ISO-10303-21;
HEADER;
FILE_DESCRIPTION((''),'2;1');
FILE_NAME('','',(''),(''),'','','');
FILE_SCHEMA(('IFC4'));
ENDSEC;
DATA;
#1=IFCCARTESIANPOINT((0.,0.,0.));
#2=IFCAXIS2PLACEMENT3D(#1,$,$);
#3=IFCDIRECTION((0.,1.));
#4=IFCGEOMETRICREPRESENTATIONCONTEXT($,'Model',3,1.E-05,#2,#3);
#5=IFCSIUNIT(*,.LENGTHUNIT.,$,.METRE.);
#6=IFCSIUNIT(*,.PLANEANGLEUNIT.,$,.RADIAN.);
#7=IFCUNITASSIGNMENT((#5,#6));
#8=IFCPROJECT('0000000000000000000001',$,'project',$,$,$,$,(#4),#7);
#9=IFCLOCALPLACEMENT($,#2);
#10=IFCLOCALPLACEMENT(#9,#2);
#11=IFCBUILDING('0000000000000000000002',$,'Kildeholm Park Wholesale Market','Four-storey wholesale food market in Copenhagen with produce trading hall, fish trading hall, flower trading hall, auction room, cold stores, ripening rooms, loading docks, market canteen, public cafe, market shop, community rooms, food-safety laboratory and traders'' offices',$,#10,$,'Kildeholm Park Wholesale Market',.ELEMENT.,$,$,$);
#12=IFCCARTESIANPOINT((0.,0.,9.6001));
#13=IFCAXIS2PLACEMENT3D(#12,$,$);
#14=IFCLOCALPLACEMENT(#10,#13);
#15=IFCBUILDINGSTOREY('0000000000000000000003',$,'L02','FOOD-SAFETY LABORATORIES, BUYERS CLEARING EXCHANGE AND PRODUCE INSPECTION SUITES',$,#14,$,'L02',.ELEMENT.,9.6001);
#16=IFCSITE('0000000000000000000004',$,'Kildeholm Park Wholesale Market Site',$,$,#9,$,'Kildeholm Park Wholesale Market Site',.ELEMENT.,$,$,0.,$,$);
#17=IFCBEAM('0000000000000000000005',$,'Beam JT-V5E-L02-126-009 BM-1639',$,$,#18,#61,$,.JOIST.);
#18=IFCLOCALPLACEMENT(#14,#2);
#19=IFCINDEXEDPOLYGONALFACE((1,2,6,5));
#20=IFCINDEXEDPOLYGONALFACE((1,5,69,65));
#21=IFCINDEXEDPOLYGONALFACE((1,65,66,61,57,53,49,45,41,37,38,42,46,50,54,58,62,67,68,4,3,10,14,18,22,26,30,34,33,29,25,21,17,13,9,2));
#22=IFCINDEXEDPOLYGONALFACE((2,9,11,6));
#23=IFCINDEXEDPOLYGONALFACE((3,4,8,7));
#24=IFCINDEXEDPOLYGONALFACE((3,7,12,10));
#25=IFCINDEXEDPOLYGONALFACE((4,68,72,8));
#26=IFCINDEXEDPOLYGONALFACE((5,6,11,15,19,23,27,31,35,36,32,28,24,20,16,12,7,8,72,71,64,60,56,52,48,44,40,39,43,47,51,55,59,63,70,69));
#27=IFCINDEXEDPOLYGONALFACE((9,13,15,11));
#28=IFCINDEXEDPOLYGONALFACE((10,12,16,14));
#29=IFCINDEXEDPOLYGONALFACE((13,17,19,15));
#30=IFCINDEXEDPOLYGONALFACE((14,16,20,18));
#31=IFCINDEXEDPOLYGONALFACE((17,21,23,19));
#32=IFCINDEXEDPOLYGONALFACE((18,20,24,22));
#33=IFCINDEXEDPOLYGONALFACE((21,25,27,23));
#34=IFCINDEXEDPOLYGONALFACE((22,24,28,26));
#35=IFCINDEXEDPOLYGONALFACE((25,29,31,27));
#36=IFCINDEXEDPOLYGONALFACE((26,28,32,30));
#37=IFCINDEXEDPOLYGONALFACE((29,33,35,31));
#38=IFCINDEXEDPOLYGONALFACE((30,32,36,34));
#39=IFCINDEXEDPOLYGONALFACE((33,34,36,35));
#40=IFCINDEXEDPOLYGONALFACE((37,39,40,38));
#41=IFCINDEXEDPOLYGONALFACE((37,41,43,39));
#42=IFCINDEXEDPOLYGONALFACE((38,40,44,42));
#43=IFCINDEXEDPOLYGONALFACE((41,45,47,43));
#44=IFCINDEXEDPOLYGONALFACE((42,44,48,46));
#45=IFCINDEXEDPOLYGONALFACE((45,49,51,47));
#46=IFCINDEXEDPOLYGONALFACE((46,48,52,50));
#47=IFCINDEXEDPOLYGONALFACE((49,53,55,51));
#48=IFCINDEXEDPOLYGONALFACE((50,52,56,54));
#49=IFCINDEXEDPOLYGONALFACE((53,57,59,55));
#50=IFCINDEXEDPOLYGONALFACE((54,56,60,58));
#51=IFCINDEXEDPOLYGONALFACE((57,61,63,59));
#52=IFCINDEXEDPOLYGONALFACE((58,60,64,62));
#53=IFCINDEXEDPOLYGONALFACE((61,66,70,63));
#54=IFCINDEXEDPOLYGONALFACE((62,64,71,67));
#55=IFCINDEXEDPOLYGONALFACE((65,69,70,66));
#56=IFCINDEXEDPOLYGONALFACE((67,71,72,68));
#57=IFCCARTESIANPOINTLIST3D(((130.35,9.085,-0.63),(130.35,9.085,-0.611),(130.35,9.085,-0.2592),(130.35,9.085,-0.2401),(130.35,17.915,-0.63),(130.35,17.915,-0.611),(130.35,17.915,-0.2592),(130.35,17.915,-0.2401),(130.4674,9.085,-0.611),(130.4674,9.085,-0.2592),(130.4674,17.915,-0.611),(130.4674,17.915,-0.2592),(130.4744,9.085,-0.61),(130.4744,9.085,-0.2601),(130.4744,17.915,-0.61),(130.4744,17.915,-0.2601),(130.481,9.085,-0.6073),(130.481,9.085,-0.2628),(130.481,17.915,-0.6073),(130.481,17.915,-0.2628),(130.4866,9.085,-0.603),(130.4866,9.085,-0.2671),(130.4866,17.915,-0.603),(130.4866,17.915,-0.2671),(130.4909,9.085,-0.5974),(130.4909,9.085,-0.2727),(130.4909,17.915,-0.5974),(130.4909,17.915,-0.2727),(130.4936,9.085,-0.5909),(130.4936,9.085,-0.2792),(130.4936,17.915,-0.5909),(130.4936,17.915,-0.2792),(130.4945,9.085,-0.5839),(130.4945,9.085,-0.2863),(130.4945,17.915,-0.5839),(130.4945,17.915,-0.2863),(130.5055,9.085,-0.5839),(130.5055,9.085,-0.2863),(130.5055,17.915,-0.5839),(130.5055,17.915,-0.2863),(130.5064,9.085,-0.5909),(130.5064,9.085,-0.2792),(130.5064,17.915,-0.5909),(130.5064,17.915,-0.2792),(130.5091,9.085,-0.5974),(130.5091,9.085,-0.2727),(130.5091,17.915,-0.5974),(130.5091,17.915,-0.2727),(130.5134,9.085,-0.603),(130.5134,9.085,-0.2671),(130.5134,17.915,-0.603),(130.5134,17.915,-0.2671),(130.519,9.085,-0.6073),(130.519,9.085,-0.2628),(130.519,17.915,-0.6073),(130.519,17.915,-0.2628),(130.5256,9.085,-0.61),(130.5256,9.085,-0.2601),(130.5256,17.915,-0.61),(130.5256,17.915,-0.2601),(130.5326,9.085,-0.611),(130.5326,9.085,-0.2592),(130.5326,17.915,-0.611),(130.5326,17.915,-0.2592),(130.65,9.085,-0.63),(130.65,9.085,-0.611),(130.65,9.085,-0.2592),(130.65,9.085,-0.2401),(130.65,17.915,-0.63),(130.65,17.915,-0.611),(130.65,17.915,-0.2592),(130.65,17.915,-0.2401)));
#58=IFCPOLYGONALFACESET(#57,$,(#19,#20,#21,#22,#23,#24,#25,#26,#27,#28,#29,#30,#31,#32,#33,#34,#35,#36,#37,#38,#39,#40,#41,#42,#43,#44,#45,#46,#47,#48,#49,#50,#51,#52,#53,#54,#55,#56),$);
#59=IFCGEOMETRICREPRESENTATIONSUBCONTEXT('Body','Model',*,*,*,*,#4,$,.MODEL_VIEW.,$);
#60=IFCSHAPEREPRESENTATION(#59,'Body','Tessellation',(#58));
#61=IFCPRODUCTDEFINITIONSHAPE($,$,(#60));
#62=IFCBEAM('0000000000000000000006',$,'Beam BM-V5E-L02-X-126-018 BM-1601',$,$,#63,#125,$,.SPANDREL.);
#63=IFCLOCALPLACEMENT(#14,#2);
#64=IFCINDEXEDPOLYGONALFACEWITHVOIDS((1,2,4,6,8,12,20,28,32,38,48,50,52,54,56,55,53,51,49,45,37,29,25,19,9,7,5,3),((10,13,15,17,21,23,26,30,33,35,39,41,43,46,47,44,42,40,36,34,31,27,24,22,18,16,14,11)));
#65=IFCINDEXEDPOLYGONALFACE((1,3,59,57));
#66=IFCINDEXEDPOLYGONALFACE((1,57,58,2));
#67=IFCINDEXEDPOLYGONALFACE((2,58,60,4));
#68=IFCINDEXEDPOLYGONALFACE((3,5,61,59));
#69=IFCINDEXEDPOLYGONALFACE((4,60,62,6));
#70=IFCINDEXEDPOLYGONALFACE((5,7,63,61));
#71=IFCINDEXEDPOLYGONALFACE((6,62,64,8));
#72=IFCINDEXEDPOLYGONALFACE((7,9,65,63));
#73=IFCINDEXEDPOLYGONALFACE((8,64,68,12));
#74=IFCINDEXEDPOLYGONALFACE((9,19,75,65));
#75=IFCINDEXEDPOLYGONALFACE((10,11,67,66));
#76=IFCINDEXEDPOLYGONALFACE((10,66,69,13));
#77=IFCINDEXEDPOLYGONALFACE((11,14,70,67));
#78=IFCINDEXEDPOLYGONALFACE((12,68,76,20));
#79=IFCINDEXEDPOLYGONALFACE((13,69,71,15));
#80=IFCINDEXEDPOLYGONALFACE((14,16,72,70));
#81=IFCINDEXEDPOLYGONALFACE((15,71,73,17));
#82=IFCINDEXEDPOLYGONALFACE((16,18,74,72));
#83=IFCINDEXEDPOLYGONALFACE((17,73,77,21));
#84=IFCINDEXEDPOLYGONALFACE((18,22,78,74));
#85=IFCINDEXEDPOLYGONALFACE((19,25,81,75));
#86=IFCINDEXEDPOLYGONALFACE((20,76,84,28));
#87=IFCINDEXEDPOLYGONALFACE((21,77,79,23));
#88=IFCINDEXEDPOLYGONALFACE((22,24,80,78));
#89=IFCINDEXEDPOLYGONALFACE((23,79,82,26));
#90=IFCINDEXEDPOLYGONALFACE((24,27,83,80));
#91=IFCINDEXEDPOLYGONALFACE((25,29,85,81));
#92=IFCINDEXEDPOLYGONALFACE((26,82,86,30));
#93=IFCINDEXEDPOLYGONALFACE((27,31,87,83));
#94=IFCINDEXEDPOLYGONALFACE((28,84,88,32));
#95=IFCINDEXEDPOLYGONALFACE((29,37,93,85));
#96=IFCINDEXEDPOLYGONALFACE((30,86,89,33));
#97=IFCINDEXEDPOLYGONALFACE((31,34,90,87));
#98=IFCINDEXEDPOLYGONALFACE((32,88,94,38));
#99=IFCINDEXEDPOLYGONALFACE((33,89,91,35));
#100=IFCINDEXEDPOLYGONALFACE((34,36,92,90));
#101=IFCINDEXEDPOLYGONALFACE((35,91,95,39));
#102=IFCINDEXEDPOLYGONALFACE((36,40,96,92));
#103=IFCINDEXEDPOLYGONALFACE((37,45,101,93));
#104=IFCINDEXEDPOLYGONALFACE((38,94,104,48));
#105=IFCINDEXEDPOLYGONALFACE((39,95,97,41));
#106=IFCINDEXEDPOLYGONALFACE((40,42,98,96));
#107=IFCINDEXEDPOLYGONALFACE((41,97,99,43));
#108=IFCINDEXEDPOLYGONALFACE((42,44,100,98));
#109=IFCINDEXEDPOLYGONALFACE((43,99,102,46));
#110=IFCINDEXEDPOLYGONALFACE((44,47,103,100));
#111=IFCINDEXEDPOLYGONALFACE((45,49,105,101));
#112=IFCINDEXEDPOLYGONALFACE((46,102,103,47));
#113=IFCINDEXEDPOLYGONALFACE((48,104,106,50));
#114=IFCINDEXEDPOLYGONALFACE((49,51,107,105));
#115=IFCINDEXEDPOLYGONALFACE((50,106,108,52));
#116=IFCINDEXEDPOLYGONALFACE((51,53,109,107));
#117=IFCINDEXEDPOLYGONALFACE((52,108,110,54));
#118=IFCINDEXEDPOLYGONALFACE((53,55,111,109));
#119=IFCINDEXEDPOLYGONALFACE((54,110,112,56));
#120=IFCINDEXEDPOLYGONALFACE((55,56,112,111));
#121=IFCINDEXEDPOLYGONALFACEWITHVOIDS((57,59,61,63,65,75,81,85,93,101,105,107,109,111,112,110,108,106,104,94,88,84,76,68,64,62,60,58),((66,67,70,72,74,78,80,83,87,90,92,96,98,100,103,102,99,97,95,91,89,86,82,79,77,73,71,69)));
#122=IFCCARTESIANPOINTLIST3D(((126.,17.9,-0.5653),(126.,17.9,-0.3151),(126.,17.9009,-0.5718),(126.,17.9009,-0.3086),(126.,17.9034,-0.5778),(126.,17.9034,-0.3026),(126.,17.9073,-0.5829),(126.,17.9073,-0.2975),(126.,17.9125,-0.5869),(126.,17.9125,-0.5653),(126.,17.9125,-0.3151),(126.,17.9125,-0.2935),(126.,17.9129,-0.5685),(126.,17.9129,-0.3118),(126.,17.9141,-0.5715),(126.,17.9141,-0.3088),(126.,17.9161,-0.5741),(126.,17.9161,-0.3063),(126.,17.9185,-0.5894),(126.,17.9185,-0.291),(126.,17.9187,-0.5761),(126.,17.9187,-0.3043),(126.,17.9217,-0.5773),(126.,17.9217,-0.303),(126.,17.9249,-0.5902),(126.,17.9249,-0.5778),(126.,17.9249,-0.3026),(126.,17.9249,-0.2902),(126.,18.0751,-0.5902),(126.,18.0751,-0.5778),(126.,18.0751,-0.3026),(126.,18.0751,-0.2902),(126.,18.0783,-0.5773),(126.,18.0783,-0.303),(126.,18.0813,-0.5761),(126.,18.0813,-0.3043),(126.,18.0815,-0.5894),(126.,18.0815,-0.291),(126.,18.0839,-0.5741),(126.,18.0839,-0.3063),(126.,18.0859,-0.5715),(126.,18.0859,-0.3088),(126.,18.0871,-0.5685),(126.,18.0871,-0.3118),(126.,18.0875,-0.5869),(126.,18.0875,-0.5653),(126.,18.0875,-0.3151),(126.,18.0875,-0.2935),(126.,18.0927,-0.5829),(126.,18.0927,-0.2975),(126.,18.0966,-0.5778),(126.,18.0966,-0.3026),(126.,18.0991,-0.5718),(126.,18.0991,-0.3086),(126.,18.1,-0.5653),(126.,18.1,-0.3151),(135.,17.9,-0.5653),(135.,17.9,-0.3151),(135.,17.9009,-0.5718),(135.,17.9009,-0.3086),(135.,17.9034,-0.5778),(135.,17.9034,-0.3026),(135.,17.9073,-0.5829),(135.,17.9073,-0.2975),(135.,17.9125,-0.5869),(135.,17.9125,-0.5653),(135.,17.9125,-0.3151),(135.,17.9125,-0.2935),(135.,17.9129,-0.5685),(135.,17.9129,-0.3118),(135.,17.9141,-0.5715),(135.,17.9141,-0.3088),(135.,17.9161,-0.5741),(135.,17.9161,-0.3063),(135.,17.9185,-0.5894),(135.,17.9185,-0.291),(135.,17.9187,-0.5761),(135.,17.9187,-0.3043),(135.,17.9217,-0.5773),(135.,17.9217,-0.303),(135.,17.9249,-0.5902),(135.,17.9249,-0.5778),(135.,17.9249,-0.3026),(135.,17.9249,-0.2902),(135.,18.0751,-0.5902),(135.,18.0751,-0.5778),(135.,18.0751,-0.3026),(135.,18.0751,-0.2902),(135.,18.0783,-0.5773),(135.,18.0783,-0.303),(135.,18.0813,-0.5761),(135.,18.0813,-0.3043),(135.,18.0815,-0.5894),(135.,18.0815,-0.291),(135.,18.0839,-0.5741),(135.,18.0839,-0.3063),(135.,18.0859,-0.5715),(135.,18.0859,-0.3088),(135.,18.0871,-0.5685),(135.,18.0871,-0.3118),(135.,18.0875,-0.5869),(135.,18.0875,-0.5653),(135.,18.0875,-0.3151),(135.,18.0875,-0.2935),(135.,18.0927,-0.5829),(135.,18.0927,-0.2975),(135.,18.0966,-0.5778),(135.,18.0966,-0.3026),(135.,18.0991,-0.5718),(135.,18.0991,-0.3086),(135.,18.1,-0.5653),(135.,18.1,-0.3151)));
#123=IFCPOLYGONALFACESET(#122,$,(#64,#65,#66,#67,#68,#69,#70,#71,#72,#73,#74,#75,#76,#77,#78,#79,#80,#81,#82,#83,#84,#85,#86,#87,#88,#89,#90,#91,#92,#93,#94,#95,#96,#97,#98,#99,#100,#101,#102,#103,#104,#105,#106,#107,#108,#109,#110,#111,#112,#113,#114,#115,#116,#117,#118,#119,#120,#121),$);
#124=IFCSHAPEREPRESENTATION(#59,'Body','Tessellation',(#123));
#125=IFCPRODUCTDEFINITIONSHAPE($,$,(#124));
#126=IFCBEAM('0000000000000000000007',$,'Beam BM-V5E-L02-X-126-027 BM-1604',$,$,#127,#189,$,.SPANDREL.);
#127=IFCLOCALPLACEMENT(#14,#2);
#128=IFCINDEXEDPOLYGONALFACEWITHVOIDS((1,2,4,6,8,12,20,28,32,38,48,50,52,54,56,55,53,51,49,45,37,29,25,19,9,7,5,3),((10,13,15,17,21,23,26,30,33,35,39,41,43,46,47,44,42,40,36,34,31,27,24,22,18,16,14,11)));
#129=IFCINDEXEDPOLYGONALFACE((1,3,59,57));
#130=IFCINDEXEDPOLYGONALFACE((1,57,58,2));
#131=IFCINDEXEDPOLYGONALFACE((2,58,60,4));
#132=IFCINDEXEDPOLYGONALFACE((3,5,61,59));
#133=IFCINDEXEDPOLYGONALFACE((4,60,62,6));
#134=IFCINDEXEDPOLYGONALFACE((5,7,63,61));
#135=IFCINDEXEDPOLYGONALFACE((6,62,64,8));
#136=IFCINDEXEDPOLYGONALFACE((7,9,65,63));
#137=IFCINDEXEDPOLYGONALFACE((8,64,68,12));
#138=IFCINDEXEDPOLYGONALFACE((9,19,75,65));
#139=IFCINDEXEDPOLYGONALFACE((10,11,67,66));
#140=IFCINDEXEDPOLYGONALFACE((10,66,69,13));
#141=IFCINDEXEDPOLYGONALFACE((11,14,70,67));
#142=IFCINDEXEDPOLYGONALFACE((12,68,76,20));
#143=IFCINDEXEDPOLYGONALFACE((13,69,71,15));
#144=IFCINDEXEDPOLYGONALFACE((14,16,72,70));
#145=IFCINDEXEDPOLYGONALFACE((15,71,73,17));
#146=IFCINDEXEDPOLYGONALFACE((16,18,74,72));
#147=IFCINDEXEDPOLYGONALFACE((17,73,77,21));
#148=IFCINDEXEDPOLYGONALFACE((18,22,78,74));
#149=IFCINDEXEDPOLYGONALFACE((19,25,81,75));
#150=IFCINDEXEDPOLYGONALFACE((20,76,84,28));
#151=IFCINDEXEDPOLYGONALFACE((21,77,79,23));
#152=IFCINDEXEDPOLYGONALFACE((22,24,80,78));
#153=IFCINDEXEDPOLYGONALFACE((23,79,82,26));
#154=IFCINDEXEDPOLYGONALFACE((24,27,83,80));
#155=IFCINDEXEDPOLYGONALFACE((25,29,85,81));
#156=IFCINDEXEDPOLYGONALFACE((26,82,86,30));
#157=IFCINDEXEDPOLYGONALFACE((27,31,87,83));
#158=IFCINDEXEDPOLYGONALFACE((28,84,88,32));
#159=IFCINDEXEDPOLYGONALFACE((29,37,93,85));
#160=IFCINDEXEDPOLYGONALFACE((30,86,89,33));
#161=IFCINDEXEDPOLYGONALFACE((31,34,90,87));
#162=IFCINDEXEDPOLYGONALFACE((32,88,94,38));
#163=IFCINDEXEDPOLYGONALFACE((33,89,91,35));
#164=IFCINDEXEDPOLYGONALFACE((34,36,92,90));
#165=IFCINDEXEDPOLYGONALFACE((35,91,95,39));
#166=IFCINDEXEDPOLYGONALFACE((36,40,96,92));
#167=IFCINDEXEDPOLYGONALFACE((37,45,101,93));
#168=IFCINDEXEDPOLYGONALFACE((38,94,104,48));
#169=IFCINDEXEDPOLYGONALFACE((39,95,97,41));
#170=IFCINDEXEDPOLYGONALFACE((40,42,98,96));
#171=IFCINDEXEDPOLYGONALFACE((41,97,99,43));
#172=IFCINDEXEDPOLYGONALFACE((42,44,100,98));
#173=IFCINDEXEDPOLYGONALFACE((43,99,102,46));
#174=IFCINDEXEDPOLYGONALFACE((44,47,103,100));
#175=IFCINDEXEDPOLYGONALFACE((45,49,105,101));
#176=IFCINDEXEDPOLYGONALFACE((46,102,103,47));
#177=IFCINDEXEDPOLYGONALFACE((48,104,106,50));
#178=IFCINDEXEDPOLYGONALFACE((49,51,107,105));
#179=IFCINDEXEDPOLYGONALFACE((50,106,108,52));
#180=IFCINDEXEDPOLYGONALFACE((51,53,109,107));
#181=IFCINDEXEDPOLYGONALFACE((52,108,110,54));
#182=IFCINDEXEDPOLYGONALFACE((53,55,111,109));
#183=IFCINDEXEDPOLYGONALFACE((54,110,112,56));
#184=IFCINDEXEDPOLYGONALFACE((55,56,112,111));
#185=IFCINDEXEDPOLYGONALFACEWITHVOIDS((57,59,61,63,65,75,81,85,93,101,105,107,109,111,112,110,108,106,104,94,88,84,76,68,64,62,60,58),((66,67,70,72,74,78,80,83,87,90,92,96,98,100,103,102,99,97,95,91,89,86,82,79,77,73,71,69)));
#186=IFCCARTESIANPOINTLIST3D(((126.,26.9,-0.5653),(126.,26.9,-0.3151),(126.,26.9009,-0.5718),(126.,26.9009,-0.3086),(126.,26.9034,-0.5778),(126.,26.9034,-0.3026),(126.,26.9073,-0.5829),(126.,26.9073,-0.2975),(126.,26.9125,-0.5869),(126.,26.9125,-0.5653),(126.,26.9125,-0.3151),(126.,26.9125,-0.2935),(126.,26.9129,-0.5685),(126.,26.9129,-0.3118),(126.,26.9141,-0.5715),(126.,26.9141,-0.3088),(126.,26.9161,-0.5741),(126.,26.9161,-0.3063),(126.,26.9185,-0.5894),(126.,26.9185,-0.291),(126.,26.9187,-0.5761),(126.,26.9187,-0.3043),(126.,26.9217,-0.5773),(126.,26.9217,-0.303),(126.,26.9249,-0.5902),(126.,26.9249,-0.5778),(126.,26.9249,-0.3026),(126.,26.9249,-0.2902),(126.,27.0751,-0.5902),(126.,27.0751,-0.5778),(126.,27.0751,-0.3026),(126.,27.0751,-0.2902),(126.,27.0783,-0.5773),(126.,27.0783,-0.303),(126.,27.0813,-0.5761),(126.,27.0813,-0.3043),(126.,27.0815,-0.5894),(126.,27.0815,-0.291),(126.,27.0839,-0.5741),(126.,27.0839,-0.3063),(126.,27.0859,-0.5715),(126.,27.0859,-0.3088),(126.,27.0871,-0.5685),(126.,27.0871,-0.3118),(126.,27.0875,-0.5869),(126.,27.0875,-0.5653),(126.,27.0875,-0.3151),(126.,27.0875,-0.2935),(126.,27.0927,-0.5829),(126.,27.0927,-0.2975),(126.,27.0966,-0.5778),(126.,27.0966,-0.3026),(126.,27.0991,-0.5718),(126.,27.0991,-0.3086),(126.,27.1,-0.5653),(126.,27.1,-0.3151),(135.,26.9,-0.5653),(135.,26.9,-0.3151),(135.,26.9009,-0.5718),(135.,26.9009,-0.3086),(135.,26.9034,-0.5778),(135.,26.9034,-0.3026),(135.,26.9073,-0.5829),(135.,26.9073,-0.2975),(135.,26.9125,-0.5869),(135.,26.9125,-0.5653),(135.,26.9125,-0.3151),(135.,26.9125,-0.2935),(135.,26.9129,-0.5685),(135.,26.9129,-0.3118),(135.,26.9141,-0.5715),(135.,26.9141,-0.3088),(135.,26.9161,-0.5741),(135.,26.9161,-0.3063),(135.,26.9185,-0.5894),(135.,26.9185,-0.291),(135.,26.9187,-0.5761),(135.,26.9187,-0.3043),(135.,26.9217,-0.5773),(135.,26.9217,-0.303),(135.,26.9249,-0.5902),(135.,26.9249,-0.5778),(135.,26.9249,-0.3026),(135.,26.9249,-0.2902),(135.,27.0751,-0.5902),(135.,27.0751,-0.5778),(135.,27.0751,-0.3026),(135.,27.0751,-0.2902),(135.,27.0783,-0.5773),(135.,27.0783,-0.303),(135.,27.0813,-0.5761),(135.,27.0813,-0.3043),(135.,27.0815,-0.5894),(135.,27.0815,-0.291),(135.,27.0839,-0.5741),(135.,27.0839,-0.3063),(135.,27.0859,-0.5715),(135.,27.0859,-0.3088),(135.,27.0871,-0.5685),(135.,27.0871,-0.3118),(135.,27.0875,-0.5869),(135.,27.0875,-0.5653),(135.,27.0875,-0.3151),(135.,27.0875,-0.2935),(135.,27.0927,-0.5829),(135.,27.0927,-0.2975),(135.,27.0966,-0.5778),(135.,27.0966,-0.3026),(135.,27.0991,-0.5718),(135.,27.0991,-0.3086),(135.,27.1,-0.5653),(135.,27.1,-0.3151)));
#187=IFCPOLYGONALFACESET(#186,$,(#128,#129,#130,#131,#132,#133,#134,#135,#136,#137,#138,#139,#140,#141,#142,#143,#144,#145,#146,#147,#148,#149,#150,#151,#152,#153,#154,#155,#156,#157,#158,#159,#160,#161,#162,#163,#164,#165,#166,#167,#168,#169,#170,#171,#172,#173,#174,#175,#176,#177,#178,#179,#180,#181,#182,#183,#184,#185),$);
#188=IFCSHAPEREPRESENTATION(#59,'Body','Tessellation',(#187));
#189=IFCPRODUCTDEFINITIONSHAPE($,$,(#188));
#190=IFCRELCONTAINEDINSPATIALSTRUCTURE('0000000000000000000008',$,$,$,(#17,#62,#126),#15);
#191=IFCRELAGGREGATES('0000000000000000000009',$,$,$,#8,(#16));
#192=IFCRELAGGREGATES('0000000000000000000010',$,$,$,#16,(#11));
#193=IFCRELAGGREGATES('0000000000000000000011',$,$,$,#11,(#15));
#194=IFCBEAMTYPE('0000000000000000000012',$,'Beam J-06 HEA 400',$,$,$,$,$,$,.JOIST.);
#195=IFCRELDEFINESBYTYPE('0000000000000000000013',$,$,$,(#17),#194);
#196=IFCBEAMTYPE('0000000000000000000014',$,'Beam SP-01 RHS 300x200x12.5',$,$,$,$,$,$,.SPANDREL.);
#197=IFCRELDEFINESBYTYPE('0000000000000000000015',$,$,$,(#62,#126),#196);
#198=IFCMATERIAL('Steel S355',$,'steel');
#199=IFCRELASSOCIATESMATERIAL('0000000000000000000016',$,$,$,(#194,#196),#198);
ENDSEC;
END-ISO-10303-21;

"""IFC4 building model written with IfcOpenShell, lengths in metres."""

from ifc_helpers import new_model, si_unit, direction, frame, origin, origin_2d, place, context, subcontext, project, spatial, hollow_rectangle, i_section, extrude, material, material_profile, profile_set, type_object, element, save


model = new_model("IFC4")

# Units and contexts
model_context = context("Model", 3, precision=1e-05, world=origin(), true_north=direction((0.0, 1.0)))
body_context = subcontext(model_context, "Body", "Model", "MODEL_VIEW")
ifc_project = project(units=[si_unit("LENGTHUNIT", "METRE"), si_unit("PLANEANGLEUNIT", "RADIAN")], contexts=[model_context])

# Site, building, storey
site_placement = place(None, origin())
site = spatial("IfcSite", under=ifc_project, at=site_placement, Name="Kildeholm Park Wholesale Market Site", LongName="Kildeholm Park Wholesale Market Site", CompositionType="ELEMENT", RefElevation=0.0)
building_placement = place(site_placement, origin())
building = spatial("IfcBuilding", under=site, at=building_placement, Name="Kildeholm Park Wholesale Market", Description="Four-storey wholesale food market in Copenhagen with produce trading hall, fish trading hall, flower trading hall, auction room, cold stores, ripening rooms, loading docks, market canteen, public cafe, market shop, community rooms, food-safety laboratory and traders' offices", LongName="Kildeholm Park Wholesale Market", CompositionType="ELEMENT")
storey_placement = place(building_placement, frame((0.0, 0.0, 9.6001)))
storey = spatial("IfcBuildingStorey", under=building, at=storey_placement, Name="L02", Description="FOOD-SAFETY LABORATORIES, BUYERS CLEARING EXCHANGE AND PRODUCE INSPECTION SUITES", LongName="L02", CompositionType="ELEMENT", Elevation=9.6001)

# Shared definitions
ifc_material_1 = material(Name="Steel S355", Category="steel")

# Beams
ifc_material_profile_1 = material_profile(ifc_material_1, i_section(OverallWidth=0.3, OverallDepth=0.3899, WebThickness=0.011, FlangeThickness=0.019, FilletRadius=0.0271, at=origin_2d()), Name="HEA 400")
ifc_profile_set_1 = profile_set([ifc_material_profile_1], Name="Steel S355")
beam_type_1 = type_object("IfcBeamType", Name="Beam J-06 HEA 400", PredefinedType="JOIST", material=ifc_profile_set_1)
beam_1_placement = place(storey_placement, frame((130.5, 9.085, -0.4351), z_axis=(0.0, 1.0, 0.0), x_axis=(-1.0, 0.0, 0.0)))
element("IfcBeam", 1, at=beam_1_placement, inside=storey, type_object=beam_type_1, Name="Beam JT-V5E-L02-126-009 BM-1639", PredefinedType="JOIST", context=body_context, shape_type="SweptSolid", body=[
    extrude(i_section(OverallWidth=0.3, OverallDepth=0.3899, WebThickness=0.011, FlangeThickness=0.019, FilletRadius=0.0271, at=origin_2d()), origin(), (0.0, 0.0, 1.0), 8.8301),
])
ifc_material_profile_2 = material_profile(ifc_material_1, hollow_rectangle(XDim=0.2, YDim=0.3, WallThickness=0.0125, InnerFilletRadius=0.0125, OuterFilletRadius=0.0249, at=origin_2d()), Name="RHS 300x200x12.5")
ifc_profile_set_2 = profile_set([ifc_material_profile_2], Name="Steel S355")
beam_type_2 = type_object("IfcBeamType", Name="Beam SP-01 RHS 300x200x12.5", PredefinedType="SPANDREL", material=ifc_profile_set_2)
for number, where, z_axis, x_axis, name in (
    (2, (126.0, 18.0, -0.4402), (1.0, 0.0, 0.0), (0.0, 1.0, 0.0), "Beam BM-V5E-L02-X-126-018 BM-1601"),
    (3, (126.0, 27.0, -0.4402), (1.0, 0.0, 0.0), (0.0, 1.0, 0.0), "Beam BM-V5E-L02-X-126-027 BM-1604"),
):
    element("IfcBeam", number, at=place(storey_placement, frame(where, z_axis=z_axis, x_axis=x_axis)), inside=storey, type_object=beam_type_2, Name=name, PredefinedType="SPANDREL", context=body_context, shape_type="SweptSolid", body=[
        extrude(hollow_rectangle(XDim=0.2, YDim=0.3, WallThickness=0.0125, InnerFilletRadius=0.0125, OuterFilletRadius=0.0249, at=origin_2d()), origin(), (0.0, 0.0, 1.0), 9.0),
    ])

save(model, "model.ifc")
